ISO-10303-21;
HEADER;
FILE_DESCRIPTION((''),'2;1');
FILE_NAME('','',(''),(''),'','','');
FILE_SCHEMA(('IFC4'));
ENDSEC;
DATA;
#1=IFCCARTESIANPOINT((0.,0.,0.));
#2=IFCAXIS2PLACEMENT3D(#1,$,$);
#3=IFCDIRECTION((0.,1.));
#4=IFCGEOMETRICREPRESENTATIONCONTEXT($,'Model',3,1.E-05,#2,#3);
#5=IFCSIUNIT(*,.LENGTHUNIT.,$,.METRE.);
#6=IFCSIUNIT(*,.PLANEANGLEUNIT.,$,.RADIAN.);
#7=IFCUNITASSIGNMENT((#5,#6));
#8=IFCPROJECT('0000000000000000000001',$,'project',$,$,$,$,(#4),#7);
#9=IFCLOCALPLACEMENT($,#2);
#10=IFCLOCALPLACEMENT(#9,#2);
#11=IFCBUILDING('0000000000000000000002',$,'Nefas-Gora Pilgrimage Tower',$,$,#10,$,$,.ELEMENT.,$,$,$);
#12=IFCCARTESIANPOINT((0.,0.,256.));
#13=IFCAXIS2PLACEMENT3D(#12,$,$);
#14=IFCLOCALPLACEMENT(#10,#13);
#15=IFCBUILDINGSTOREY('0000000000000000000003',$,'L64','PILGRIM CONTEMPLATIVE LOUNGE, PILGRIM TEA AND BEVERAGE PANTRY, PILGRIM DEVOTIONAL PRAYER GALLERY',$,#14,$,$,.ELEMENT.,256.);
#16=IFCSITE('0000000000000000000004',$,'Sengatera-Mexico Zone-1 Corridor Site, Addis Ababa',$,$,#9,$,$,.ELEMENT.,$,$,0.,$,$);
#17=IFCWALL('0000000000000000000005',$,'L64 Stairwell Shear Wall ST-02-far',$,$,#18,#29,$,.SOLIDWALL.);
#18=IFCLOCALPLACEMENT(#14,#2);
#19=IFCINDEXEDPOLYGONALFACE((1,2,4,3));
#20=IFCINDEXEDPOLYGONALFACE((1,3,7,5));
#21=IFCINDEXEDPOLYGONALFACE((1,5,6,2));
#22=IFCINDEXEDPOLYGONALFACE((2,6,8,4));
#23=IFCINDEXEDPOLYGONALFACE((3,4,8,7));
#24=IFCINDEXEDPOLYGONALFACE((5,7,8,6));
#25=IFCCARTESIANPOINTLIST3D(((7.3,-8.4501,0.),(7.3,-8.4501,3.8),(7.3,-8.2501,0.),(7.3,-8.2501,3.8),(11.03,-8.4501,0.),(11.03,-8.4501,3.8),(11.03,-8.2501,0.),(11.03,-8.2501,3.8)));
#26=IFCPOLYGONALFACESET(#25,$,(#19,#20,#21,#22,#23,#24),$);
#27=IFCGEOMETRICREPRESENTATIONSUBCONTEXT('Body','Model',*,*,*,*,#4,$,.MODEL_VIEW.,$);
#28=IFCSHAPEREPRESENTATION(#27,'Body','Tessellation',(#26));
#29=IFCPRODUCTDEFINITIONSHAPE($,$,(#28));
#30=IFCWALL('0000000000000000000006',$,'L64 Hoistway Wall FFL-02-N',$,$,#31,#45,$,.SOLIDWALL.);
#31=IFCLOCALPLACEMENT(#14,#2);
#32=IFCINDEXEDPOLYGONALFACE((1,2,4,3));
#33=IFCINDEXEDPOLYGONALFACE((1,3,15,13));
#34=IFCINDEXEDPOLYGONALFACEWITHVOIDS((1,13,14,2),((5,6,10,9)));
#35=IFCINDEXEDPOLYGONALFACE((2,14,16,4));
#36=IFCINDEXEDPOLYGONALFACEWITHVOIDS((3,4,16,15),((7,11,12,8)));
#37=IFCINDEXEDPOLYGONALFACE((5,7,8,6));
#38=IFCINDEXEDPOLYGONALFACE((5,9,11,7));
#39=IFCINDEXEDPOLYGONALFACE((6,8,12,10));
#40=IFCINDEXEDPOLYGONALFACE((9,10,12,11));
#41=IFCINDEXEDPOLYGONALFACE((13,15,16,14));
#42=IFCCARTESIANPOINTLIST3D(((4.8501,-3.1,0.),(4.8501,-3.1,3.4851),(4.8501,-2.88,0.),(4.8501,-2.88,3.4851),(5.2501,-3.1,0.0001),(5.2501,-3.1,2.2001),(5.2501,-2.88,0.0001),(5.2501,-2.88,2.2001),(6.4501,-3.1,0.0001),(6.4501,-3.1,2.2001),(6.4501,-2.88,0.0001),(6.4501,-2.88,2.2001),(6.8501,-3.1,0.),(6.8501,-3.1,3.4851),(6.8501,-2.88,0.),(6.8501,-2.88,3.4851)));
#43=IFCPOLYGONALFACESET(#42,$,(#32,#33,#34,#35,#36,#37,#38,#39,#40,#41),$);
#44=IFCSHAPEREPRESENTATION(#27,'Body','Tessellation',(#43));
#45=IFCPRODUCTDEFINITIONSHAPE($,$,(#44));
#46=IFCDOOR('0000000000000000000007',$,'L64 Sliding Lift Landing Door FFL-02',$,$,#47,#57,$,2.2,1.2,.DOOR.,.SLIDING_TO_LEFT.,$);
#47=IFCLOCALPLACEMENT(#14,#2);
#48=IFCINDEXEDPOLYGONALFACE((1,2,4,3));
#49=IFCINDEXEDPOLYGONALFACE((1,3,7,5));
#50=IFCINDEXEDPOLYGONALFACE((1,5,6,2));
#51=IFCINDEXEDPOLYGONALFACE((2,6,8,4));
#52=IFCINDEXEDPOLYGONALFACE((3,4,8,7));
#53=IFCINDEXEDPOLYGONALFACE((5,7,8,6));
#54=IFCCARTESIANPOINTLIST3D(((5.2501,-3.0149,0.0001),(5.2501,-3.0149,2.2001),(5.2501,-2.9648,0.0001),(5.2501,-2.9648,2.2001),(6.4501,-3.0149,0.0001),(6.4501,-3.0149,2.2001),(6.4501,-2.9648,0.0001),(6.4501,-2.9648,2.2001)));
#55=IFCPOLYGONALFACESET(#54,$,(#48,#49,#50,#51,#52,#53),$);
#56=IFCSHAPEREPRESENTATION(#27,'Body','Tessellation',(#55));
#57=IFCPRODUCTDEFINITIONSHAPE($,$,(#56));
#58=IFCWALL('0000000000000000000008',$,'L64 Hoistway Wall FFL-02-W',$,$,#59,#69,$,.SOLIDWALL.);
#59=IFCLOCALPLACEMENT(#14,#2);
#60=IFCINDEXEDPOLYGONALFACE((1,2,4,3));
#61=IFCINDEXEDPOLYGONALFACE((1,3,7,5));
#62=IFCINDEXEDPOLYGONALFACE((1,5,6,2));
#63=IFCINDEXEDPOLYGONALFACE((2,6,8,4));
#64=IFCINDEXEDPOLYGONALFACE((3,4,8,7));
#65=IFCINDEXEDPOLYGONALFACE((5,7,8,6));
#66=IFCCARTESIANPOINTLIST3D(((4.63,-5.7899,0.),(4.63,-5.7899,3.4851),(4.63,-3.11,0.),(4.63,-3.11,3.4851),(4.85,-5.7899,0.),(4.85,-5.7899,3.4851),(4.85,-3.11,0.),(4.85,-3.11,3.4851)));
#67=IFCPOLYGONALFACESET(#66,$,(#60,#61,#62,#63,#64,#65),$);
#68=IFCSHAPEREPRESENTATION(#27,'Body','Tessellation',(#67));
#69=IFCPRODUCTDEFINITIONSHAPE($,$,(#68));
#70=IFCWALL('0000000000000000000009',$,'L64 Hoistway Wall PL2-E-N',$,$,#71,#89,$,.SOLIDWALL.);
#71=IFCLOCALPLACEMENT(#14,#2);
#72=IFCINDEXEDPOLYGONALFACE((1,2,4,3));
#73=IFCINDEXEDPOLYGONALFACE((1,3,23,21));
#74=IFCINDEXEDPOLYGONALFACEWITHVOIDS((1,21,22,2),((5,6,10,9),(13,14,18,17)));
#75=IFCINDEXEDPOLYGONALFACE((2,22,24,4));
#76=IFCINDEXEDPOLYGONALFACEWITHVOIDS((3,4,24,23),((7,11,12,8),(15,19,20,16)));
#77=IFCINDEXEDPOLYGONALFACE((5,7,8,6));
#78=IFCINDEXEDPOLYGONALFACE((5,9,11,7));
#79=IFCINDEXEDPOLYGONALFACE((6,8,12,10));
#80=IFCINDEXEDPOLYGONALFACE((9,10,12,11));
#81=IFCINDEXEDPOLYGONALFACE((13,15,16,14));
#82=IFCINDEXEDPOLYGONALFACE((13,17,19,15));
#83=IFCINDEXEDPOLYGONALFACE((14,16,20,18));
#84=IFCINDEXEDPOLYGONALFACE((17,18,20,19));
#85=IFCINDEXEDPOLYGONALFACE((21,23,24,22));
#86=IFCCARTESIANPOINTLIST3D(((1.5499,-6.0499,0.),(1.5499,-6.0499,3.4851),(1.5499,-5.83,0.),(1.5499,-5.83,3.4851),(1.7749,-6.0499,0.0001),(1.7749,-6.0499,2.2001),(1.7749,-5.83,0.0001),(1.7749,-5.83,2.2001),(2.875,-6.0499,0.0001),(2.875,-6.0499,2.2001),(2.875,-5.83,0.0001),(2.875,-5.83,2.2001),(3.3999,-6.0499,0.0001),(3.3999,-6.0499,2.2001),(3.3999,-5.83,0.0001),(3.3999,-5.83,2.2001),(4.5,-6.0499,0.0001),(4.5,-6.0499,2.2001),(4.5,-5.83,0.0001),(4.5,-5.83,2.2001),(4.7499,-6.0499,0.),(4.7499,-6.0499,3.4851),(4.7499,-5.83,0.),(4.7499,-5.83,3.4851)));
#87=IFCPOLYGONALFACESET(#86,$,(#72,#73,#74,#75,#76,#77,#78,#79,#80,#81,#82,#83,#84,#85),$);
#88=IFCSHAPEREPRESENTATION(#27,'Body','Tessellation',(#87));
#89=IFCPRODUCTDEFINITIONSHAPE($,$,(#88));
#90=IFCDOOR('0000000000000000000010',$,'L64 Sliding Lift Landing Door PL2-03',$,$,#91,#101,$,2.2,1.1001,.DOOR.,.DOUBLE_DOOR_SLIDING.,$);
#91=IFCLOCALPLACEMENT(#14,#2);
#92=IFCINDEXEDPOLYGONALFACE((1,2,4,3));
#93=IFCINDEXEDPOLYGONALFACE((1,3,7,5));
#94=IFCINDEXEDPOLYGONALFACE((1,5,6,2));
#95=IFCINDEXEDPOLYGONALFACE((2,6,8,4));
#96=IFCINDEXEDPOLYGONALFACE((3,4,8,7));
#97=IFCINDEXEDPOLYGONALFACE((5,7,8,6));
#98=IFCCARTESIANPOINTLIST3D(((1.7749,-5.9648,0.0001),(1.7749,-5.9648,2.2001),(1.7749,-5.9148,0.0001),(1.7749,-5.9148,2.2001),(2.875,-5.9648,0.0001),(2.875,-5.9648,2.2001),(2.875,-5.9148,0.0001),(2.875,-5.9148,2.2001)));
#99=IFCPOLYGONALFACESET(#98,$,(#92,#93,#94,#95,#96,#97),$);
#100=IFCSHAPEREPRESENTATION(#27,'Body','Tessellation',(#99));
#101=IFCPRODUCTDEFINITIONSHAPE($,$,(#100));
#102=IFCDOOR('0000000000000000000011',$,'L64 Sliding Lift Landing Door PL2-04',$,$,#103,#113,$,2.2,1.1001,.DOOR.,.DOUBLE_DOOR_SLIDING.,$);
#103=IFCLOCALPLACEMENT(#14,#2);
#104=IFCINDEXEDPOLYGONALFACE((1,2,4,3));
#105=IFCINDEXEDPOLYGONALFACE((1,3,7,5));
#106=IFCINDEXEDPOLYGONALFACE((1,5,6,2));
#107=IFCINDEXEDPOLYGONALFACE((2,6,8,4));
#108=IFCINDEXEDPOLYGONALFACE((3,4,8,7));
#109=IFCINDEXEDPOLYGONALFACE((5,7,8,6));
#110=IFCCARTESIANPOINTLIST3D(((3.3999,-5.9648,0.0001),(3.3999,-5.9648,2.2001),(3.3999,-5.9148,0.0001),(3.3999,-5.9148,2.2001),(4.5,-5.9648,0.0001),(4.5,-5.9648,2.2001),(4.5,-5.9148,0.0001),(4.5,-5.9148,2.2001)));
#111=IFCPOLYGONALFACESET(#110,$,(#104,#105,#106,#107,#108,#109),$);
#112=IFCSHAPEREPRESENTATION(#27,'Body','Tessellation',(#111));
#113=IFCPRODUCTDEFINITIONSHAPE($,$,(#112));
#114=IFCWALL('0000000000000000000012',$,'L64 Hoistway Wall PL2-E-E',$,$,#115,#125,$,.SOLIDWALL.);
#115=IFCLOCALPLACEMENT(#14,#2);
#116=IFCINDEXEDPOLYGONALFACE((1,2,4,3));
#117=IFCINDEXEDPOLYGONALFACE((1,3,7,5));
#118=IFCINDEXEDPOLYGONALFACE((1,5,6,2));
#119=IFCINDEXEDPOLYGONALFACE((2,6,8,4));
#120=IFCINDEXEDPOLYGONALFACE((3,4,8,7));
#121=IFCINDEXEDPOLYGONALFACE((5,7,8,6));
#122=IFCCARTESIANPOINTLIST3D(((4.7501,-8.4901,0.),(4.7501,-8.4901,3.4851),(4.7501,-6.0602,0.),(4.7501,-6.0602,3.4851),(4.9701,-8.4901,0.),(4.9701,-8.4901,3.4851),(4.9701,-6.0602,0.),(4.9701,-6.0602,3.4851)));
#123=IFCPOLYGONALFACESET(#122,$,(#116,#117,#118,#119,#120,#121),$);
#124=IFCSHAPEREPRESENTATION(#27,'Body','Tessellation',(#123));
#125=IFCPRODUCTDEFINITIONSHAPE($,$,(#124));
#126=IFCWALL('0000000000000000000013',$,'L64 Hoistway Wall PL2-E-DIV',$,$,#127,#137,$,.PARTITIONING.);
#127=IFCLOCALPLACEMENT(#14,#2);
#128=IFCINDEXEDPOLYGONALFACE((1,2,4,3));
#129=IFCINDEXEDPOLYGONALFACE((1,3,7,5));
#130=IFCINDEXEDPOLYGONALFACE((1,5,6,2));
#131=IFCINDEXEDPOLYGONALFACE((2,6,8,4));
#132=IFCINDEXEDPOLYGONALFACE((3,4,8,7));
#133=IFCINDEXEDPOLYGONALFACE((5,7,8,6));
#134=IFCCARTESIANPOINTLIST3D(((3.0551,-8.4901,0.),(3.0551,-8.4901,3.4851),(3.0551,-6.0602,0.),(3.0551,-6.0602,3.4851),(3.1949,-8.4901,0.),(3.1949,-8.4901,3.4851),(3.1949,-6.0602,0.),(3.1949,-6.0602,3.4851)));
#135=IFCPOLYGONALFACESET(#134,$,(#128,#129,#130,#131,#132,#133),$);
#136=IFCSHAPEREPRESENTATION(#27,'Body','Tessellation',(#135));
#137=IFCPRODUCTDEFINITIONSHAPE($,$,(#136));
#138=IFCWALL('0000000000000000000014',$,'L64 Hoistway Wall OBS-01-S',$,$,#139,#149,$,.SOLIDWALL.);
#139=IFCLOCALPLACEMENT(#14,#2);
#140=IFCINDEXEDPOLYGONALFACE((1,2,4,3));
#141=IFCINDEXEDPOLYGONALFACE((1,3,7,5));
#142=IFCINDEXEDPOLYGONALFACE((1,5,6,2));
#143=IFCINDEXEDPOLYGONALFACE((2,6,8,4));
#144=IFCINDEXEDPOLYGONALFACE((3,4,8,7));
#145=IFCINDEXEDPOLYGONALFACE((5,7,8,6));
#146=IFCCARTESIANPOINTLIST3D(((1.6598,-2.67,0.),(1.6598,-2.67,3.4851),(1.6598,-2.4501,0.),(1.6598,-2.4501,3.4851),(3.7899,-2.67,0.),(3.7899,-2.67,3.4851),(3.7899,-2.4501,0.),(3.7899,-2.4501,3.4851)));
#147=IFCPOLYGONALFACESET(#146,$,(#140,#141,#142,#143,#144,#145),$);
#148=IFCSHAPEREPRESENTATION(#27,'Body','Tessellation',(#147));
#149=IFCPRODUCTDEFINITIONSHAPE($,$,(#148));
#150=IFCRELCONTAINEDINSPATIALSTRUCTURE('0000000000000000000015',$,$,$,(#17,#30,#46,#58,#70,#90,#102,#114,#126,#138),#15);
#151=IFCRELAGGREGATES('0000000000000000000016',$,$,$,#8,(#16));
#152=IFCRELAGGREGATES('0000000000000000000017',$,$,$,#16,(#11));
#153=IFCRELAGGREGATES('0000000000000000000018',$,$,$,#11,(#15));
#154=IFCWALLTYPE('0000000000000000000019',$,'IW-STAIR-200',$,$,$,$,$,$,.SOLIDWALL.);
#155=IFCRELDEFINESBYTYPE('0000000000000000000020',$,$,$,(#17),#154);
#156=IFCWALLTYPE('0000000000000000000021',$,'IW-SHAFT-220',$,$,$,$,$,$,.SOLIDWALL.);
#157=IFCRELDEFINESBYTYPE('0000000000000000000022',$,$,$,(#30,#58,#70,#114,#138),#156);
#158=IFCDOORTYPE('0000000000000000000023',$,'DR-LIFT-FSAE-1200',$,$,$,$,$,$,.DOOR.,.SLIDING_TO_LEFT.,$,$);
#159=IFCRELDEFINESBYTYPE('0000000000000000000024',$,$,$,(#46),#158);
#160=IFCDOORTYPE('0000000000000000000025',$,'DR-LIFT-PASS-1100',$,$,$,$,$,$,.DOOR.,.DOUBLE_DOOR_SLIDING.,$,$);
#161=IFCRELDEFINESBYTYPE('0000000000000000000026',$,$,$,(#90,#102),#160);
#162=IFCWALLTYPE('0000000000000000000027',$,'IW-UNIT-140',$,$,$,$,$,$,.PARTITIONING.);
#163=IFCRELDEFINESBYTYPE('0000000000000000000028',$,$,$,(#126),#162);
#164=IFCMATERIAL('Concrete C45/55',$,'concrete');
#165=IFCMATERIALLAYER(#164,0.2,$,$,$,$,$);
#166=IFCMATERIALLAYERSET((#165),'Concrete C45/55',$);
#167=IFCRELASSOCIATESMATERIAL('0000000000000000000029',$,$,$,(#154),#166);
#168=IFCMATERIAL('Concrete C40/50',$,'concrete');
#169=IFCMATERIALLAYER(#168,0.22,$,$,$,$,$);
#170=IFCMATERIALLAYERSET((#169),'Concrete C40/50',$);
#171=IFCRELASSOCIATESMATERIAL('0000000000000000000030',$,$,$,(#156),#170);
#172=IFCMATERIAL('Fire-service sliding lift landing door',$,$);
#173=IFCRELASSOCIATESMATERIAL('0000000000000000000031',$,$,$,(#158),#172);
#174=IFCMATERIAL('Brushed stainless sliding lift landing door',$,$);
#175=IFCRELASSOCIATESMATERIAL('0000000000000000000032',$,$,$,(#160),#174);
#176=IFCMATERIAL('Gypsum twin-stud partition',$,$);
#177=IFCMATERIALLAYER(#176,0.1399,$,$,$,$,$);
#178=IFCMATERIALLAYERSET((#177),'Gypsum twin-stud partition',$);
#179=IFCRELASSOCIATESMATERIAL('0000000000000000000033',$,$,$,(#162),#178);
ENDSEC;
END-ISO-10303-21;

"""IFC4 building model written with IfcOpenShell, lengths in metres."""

from ifc_helpers import new_model, si_unit, direction, frame, frame_2d, origin, place, context, subcontext, project, spatial, rectangle, extrude, source, transform, mapped, material, layer, layer_set, type_object, element, fill, save


model = new_model("IFC4")

# Units and contexts
model_context = context("Model", 3, precision=1e-05, world=origin(), true_north=direction((0.0, 1.0)))
body_context = subcontext(model_context, "Body", "Model", "MODEL_VIEW")
ifc_project = project(units=[si_unit("LENGTHUNIT", "METRE"), si_unit("PLANEANGLEUNIT", "RADIAN")], contexts=[model_context])

# Site, building, storey
site_placement = place(None, origin())
site = spatial("IfcSite", under=ifc_project, at=site_placement, Name="Sengatera-Mexico Zone-1 Corridor Site, Addis Ababa", CompositionType="ELEMENT", RefElevation=0.0)
building_placement = place(site_placement, origin())
building = spatial("IfcBuilding", under=site, at=building_placement, Name="Nefas-Gora Pilgrimage Tower", CompositionType="ELEMENT")
storey_placement = place(building_placement, frame((0.0, 0.0, 256.0)))
storey = spatial("IfcBuildingStorey", under=building, at=storey_placement, Name="L64", Description="PILGRIM CONTEMPLATIVE LOUNGE, PILGRIM TEA AND BEVERAGE PANTRY, PILGRIM DEVOTIONAL PRAYER GALLERY", CompositionType="ELEMENT", Elevation=256.0)

# Shared definitions
ifc_material_1 = material(Name="Concrete C45/55", Category="concrete")
ifc_layer_1 = layer(ifc_material_1, 0.2)
ifc_layer_set_1 = layer_set([ifc_layer_1], Name="Concrete C45/55")
wall_type_1 = type_object("IfcWallType", Name="IW-STAIR-200", PredefinedType="SOLIDWALL", material=ifc_layer_set_1)

# Wall
shared_shape_1 = source(origin(), body_context, "Body", "SweptSolid", [
    extrude(rectangle(XDim=3.73, YDim=0.2, at=frame_2d((1.865, 0.0))), origin(), (0.0, 0.0, 1.0), 3.8),
])
wall_1_placement = place(storey_placement, frame((7.3, -8.3501, 0.0), z_axis=(0.0, 0.0, 1.0), x_axis=(1.0, 0.0, 0.0)))
element("IfcWall", 1, at=wall_1_placement, inside=storey, type_object=wall_type_1, Name="L64 Stairwell Shear Wall ST-02-far", PredefinedType="SOLIDWALL", context=body_context, shape_type="MappedRepresentation", body=[
    mapped(shared_shape_1, transform((0.0, 0.0, 0.0), x_axis=(1.0, 0.0, 0.0), y_axis=(0.0, 1.0, 0.0), z_axis=(0.0, 0.0, 1.0), scale=1.0)),
])

# Wall, opening, door
ifc_material_2 = material(Name="Concrete C40/50", Category="concrete")
ifc_layer_2 = layer(ifc_material_2, 0.22)
ifc_layer_set_2 = layer_set([ifc_layer_2], Name="Concrete C40/50")
wall_type_2 = type_object("IfcWallType", Name="IW-SHAFT-220", PredefinedType="SOLIDWALL", material=ifc_layer_set_2)
shared_shape_2 = source(origin(), body_context, "Body", "SweptSolid", [
    extrude(rectangle(XDim=2.0, YDim=0.22, at=frame_2d((1.0, 0.0))), origin(), (0.0, 0.0, 1.0), 3.4851),
])
wall_2_placement = place(storey_placement, frame((6.8501, -2.99, 0.0), z_axis=(0.0, 0.0, 1.0), x_axis=(-1.0, 0.0, 0.0)))
wall_2 = element("IfcWall", 2, at=wall_2_placement, inside=storey, type_object=wall_type_2, Name="L64 Hoistway Wall FFL-02-N", PredefinedType="SOLIDWALL", context=body_context, shape_type="MappedRepresentation", body=[
    mapped(shared_shape_2, transform((0.0, 0.0, 0.0), x_axis=(1.0, 0.0, 0.0), y_axis=(0.0, 1.0, 0.0), z_axis=(0.0, 0.0, 1.0), scale=1.0)),
])
opening_1_placement = place(wall_2_placement, frame((0.3999, 0.0, 0.0)))
opening_1 = element("IfcOpeningElement", 3, at=opening_1_placement, cuts=wall_2, PredefinedType="OPENING", context=body_context, shape_type="SweptSolid", body=[
    extrude(rectangle(XDim=1.2, YDim=2.2, at=frame_2d((0.6001, 1.1001))), frame((0.0, 0.1199, 0.0), z_axis=(0.0, -1.0, 0.0), x_axis=(1.0, 0.0, 0.0)), (0.0, 0.0, 1.0), 0.24),
])
ifc_material_3 = material(Name="Fire-service sliding lift landing door")
door_type_1 = type_object("IfcDoorType", Name="DR-LIFT-FSAE-1200", OperationType="SLIDING_TO_LEFT", PredefinedType="DOOR", material=ifc_material_3)
shared_shape_3 = source(origin(), body_context, "Body", "SweptSolid", [
    extrude(rectangle(XDim=1.2, YDim=2.2, at=frame_2d((0.6001, 1.1001))), frame((0.0, 0.0249, 0.0), z_axis=(0.0, -1.0, 0.0), x_axis=(1.0, 0.0, 0.0)), (0.0, 0.0, 1.0), 0.05),
])
door_1_placement = place(opening_1_placement, origin())
door_1 = element("IfcDoor", 4, at=door_1_placement, inside=storey, type_object=door_type_1, Name="L64 Sliding Lift Landing Door FFL-02", OperationType="SLIDING_TO_LEFT", OverallHeight=2.2, OverallWidth=1.2, PredefinedType="DOOR", context=body_context, shape_type="MappedRepresentation", body=[
    mapped(shared_shape_3, transform((0.0, 0.0, 0.0), x_axis=(1.0, 0.0, 0.0), y_axis=(0.0, 1.0, 0.0), z_axis=(0.0, 0.0, 1.0), scale=1.0)),
])
fill(opening_1, door_1)

# Wall
shared_shape_4 = source(origin(), body_context, "Body", "SweptSolid", [
    extrude(rectangle(XDim=2.6799, YDim=0.22, at=frame_2d((1.3398, 0.0))), origin(), (0.0, 0.0, 1.0), 3.4851),
])
wall_3_placement = place(storey_placement, frame((4.74, -3.1101, 0.0), z_axis=(0.0, 0.0, 1.0), x_axis=(0.0, -1.0, 0.0)))
element("IfcWall", 5, at=wall_3_placement, inside=storey, type_object=wall_type_2, Name="L64 Hoistway Wall FFL-02-W", PredefinedType="SOLIDWALL", context=body_context, shape_type="MappedRepresentation", body=[
    mapped(shared_shape_4, transform((0.0, 0.0, 0.0), x_axis=(1.0, 0.0, 0.0), y_axis=(0.0, 1.0, 0.0), z_axis=(0.0, 0.0, 1.0), scale=1.0)),
])

# Wall, openings, doors
shared_shape_5 = source(origin(), body_context, "Body", "SweptSolid", [
    extrude(rectangle(XDim=3.2, YDim=0.22, at=frame_2d((1.6001, 0.0))), origin(), (0.0, 0.0, 1.0), 3.4851),
])
wall_4_placement = place(storey_placement, frame((4.75, -5.9399, 0.0), z_axis=(0.0, 0.0, 1.0), x_axis=(-1.0, 0.0, 0.0)))
wall_4 = element("IfcWall", 6, at=wall_4_placement, inside=storey, type_object=wall_type_2, Name="L64 Hoistway Wall PL2-E-N", PredefinedType="SOLIDWALL", context=body_context, shape_type="MappedRepresentation", body=[
    mapped(shared_shape_5, transform((0.0, 0.0, 0.0), x_axis=(1.0, 0.0, 0.0), y_axis=(0.0, 1.0, 0.0), z_axis=(0.0, 0.0, 1.0), scale=1.0)),
])
opening_2_placement = place(wall_4_placement, frame((1.875, 0.0, 0.0)))
opening_2 = element("IfcOpeningElement", 7, at=opening_2_placement, cuts=wall_4, PredefinedType="OPENING", context=body_context, shape_type="SweptSolid", body=[
    extrude(rectangle(XDim=1.1001, YDim=2.2, at=frame_2d((0.55, 1.1001))), frame((0.0, 0.1199, 0.0), z_axis=(0.0, -1.0, 0.0), x_axis=(1.0, 0.0, 0.0)), (0.0, 0.0, 1.0), 0.24),
])
opening_3_placement = place(wall_4_placement, frame((0.25, 0.0, 0.0)))
opening_3 = element("IfcOpeningElement", 8, at=opening_3_placement, cuts=wall_4, PredefinedType="OPENING", context=body_context, shape_type="SweptSolid", body=[
    extrude(rectangle(XDim=1.1001, YDim=2.2, at=frame_2d((0.55, 1.1001))), frame((0.0, 0.1199, 0.0), z_axis=(0.0, -1.0, 0.0), x_axis=(1.0, 0.0, 0.0)), (0.0, 0.0, 1.0), 0.24),
])
ifc_material_4 = material(Name="Brushed stainless sliding lift landing door")
door_type_2 = type_object("IfcDoorType", Name="DR-LIFT-PASS-1100", OperationType="DOUBLE_DOOR_SLIDING", PredefinedType="DOOR", material=ifc_material_4)
shared_shape_6 = source(origin(), body_context, "Body", "SweptSolid", [
    extrude(rectangle(XDim=1.1001, YDim=2.2, at=frame_2d((0.55, 1.1001))), frame((0.0, 0.0249, 0.0), z_axis=(0.0, -1.0, 0.0), x_axis=(1.0, 0.0, 0.0)), (0.0, 0.0, 1.0), 0.05),
])
door_2_placement = place(opening_2_placement, origin())
door_2 = element("IfcDoor", 9, at=door_2_placement, inside=storey, type_object=door_type_2, Name="L64 Sliding Lift Landing Door PL2-03", OperationType="DOUBLE_DOOR_SLIDING", OverallHeight=2.2, OverallWidth=1.1001, PredefinedType="DOOR", context=body_context, shape_type="MappedRepresentation", body=[
    mapped(shared_shape_6, transform((0.0, 0.0, 0.0), x_axis=(1.0, 0.0, 0.0), y_axis=(0.0, 1.0, 0.0), z_axis=(0.0, 0.0, 1.0), scale=1.0)),
])
fill(opening_2, door_2)
door_3_placement = place(opening_3_placement, origin())
door_3 = element("IfcDoor", 10, at=door_3_placement, inside=storey, type_object=door_type_2, Name="L64 Sliding Lift Landing Door PL2-04", OperationType="DOUBLE_DOOR_SLIDING", OverallHeight=2.2, OverallWidth=1.1001, PredefinedType="DOOR", context=body_context, shape_type="MappedRepresentation", body=[
    mapped(shared_shape_6, transform((0.0, 0.0, 0.0), x_axis=(1.0, 0.0, 0.0), y_axis=(0.0, 1.0, 0.0), z_axis=(0.0, 0.0, 1.0), scale=1.0)),
])
fill(opening_3, door_3)

# Walls
shared_shape_7 = source(origin(), body_context, "Body", "SweptSolid", [
    extrude(rectangle(XDim=2.4299, YDim=0.22, at=frame_2d((1.2148, 0.0))), origin(), (0.0, 0.0, 1.0), 3.4851),
])
for number, where, z_axis, x_axis, name in (
    (11, (4.8601, -8.49, 0.0), (0.0, 0.0, 1.0), (0.0, 1.0, 0.0), "L64 Hoistway Wall PL2-E-E"),
):
    element("IfcWall", number, at=place(storey_placement, frame(where, z_axis=z_axis, x_axis=x_axis)), inside=storey, type_object=wall_type_2, Name=name, PredefinedType="SOLIDWALL", context=body_context, shape_type="MappedRepresentation", body=[
        mapped(shared_shape_7, transform((0.0, 0.0, 0.0), x_axis=(1.0, 0.0, 0.0), y_axis=(0.0, 1.0, 0.0), z_axis=(0.0, 0.0, 1.0), scale=1.0)),
    ])
ifc_material_5 = material(Name="Gypsum twin-stud partition")
ifc_layer_3 = layer(ifc_material_5, 0.1399)
ifc_layer_set_3 = layer_set([ifc_layer_3], Name="Gypsum twin-stud partition")
wall_type_3 = type_object("IfcWallType", Name="IW-UNIT-140", PredefinedType="PARTITIONING", material=ifc_layer_set_3)
shared_shape_8 = source(origin(), body_context, "Body", "SweptSolid", [
    extrude(rectangle(XDim=2.4299, YDim=0.1399, at=frame_2d((1.2148, 0.0))), origin(), (0.0, 0.0, 1.0), 3.4851),
])
wall_5_placement = place(storey_placement, frame((3.125, -8.49, 0.0), z_axis=(0.0, 0.0, 1.0), x_axis=(0.0, 1.0, 0.0)))
element("IfcWall", 12, at=wall_5_placement, inside=storey, type_object=wall_type_3, Name="L64 Hoistway Wall PL2-E-DIV", PredefinedType="PARTITIONING", context=body_context, shape_type="MappedRepresentation", body=[
    mapped(shared_shape_8, transform((0.0, 0.0, 0.0), x_axis=(1.0, 0.0, 0.0), y_axis=(0.0, 1.0, 0.0), z_axis=(0.0, 0.0, 1.0), scale=1.0)),
])
shared_shape_9 = source(origin(), body_context, "Body", "SweptSolid", [
    extrude(rectangle(XDim=2.1301, YDim=0.22, at=frame_2d((1.0649, 0.0))), origin(), (0.0, 0.0, 1.0), 3.4851),
])
wall_6_placement = place(storey_placement, frame((1.6599, -2.5601, 0.0), z_axis=(0.0, 0.0, 1.0), x_axis=(1.0, 0.0, 0.0)))
element("IfcWall", 13, at=wall_6_placement, inside=storey, type_object=wall_type_2, Name="L64 Hoistway Wall OBS-01-S", PredefinedType="SOLIDWALL", context=body_context, shape_type="MappedRepresentation", body=[
    mapped(shared_shape_9, transform((0.0, 0.0, 0.0), x_axis=(1.0, 0.0, 0.0), y_axis=(0.0, 1.0, 0.0), z_axis=(0.0, 0.0, 1.0), scale=1.0)),
])

save(model, "model.ifc")
